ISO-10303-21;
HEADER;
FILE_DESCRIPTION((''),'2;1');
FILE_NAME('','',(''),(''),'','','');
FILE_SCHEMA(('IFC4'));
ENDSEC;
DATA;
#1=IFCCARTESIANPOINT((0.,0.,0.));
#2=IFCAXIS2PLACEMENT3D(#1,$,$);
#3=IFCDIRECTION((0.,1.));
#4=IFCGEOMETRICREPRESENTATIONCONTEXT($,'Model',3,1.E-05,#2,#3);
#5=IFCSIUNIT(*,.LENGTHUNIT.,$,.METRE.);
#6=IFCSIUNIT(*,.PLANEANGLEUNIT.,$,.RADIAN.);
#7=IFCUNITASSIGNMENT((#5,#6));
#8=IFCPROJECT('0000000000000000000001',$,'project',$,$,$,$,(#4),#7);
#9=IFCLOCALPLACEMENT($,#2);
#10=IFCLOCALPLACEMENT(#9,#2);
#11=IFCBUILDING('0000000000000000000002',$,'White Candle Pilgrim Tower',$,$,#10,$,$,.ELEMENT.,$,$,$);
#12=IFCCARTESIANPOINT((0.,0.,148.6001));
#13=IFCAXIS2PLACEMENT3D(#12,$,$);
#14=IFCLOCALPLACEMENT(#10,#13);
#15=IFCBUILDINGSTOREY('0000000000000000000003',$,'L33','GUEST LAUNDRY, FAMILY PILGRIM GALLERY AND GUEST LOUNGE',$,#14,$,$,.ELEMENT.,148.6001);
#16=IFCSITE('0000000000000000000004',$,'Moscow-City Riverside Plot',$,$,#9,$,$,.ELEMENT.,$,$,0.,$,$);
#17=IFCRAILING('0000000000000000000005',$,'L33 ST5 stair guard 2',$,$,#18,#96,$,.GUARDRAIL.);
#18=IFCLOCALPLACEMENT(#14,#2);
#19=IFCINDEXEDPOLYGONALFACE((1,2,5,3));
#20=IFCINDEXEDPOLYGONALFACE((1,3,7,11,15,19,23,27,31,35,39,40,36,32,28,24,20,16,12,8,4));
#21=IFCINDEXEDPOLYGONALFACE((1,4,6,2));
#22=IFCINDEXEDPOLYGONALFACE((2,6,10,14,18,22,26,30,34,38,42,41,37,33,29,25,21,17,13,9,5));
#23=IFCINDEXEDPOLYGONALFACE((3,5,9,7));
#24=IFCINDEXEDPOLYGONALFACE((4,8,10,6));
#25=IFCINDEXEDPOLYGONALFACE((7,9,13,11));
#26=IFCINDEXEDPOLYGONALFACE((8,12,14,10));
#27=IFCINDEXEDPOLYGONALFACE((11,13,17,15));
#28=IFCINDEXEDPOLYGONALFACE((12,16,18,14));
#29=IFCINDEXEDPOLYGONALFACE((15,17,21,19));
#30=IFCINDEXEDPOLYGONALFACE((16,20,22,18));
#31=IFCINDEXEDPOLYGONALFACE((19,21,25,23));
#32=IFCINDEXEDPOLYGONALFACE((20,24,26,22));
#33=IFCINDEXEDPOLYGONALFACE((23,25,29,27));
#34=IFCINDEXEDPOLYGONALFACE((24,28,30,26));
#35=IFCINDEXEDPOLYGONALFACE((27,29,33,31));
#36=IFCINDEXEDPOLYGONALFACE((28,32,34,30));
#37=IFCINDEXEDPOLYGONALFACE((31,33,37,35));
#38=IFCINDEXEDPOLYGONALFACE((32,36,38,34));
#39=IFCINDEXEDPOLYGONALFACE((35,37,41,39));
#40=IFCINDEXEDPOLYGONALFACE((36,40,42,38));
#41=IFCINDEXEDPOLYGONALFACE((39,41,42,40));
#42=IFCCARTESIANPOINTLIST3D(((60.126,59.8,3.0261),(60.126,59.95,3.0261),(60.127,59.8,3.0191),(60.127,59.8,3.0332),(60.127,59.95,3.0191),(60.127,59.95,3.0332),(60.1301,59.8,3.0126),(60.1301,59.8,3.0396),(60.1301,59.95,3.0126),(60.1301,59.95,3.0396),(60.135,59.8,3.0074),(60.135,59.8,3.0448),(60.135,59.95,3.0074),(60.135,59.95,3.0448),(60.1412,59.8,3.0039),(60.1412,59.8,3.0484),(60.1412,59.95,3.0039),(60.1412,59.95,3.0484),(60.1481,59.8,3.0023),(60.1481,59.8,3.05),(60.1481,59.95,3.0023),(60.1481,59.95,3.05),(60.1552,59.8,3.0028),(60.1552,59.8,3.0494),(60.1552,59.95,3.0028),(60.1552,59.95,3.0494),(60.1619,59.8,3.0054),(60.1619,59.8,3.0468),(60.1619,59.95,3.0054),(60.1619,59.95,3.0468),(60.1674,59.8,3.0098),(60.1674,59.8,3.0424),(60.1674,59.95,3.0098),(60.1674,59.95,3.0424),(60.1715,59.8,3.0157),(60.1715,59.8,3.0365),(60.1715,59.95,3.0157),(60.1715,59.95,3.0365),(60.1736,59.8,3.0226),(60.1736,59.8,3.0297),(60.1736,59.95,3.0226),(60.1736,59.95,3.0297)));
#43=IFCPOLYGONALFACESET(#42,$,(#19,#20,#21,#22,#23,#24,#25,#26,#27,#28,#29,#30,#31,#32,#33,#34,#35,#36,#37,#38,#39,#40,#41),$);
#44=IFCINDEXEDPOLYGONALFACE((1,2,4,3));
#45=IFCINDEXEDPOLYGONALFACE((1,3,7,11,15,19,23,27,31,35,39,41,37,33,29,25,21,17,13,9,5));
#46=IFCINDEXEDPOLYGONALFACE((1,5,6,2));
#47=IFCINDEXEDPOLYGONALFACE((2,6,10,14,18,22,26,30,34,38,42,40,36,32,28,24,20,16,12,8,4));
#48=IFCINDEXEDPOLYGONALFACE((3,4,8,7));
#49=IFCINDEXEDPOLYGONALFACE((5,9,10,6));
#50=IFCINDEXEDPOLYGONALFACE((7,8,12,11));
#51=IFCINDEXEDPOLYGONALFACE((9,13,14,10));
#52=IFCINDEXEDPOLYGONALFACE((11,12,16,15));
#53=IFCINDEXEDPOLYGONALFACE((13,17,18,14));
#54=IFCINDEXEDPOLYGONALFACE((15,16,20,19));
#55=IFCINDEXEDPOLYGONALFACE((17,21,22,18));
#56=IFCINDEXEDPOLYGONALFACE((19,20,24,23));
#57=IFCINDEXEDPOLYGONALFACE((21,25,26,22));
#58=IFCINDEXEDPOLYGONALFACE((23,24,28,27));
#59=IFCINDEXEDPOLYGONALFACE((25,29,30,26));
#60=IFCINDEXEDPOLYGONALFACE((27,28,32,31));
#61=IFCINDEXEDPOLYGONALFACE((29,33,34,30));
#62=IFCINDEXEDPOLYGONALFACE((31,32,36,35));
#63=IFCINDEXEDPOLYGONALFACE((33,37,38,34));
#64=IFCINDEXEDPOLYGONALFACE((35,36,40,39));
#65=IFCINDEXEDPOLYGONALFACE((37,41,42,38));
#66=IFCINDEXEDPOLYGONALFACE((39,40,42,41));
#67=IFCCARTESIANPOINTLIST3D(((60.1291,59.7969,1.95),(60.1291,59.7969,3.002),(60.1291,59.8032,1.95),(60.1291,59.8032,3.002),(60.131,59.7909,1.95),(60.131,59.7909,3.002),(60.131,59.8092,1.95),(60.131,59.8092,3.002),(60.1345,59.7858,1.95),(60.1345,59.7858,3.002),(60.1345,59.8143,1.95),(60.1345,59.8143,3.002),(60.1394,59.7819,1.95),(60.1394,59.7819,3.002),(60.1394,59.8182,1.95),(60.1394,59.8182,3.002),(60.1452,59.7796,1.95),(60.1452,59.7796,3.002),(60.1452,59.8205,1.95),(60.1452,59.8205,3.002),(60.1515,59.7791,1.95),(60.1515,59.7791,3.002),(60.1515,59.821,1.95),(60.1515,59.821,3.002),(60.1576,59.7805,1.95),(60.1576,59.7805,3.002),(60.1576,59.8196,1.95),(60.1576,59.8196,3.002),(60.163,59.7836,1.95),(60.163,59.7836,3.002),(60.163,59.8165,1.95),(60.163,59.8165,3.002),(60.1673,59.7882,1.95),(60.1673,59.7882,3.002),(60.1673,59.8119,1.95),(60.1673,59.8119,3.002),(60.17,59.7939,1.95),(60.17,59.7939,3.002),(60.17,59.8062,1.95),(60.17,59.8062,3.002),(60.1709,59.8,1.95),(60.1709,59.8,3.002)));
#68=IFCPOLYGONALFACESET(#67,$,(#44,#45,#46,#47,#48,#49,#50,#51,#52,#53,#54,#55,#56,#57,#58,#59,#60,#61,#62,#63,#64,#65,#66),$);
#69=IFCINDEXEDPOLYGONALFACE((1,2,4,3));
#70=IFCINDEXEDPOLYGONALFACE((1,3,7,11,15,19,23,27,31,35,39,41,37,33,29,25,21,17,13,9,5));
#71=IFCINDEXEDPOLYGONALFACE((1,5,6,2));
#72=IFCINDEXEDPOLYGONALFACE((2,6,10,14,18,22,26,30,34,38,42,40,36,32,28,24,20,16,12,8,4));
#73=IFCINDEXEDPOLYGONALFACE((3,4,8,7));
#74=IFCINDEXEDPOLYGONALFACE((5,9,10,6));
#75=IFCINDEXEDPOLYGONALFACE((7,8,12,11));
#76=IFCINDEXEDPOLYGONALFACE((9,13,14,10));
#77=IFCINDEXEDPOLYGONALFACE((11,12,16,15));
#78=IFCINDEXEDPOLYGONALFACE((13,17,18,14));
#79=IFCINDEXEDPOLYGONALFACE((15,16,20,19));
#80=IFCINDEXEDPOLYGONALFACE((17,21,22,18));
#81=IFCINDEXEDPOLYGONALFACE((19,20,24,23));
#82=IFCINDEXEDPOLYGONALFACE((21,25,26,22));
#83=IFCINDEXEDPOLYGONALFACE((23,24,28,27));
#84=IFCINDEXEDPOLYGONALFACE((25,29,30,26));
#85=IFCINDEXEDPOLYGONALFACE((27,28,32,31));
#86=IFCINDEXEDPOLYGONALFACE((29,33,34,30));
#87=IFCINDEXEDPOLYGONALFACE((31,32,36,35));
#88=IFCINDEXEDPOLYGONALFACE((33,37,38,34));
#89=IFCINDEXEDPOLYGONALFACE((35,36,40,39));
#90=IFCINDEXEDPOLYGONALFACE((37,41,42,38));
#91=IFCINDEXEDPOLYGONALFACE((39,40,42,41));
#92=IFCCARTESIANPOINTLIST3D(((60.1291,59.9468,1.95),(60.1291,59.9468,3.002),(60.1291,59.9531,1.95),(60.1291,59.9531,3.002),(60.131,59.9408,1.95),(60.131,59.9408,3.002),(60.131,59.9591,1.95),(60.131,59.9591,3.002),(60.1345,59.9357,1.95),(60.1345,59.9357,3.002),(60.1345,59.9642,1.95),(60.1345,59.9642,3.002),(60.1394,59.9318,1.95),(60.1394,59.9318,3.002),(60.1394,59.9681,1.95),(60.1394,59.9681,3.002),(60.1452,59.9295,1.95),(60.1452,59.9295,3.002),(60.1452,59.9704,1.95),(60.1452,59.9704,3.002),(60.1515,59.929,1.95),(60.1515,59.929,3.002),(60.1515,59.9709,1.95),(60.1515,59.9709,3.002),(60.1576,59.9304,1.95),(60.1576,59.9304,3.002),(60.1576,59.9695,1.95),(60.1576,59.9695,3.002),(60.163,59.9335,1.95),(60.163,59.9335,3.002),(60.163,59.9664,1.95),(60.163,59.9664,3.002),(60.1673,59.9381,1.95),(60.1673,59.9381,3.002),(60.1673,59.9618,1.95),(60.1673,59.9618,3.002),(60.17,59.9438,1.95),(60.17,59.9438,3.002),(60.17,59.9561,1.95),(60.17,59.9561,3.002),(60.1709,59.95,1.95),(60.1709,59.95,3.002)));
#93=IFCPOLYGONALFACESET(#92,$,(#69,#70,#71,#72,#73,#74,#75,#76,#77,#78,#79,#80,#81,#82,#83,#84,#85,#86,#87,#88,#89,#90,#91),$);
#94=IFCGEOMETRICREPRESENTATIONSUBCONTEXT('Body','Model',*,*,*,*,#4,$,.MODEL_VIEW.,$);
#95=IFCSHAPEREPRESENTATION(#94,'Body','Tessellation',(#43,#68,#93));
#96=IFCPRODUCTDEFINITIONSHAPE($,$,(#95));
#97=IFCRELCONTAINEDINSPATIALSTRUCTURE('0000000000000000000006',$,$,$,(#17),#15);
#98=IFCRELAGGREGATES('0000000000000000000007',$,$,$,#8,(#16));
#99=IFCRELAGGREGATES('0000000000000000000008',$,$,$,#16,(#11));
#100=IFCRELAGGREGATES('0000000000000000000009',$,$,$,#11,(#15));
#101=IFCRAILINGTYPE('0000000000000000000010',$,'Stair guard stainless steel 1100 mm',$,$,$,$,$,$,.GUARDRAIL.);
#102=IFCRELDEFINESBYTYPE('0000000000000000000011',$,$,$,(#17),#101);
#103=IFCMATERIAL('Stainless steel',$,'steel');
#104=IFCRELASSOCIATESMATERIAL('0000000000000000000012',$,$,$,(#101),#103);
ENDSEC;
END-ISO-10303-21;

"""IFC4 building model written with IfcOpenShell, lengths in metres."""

from ifc_helpers import new_model, si_unit, direction, frame, origin, origin_2d, place, context, subcontext, project, spatial, circle, extrude, material, type_object, element, save


model = new_model("IFC4")

# Units and contexts
model_context = context("Model", 3, precision=1e-05, world=origin(), true_north=direction((0.0, 1.0)))
body_context = subcontext(model_context, "Body", "Model", "MODEL_VIEW")
ifc_project = project(units=[si_unit("LENGTHUNIT", "METRE"), si_unit("PLANEANGLEUNIT", "RADIAN")], contexts=[model_context])

# Site, building, storey
site_placement = place(None, origin())
site = spatial("IfcSite", under=ifc_project, at=site_placement, Name="Moscow-City Riverside Plot", CompositionType="ELEMENT", RefElevation=0.0)
building_placement = place(site_placement, origin())
building = spatial("IfcBuilding", under=site, at=building_placement, Name="White Candle Pilgrim Tower", CompositionType="ELEMENT")
storey_placement = place(building_placement, frame((0.0, 0.0, 148.6001)))
storey = spatial("IfcBuildingStorey", under=building, at=storey_placement, Name="L33", Description="GUEST LAUNDRY, FAMILY PILGRIM GALLERY AND GUEST LOUNGE", CompositionType="ELEMENT", Elevation=148.6001)

# Railing
ifc_material_1 = material(Name="Stainless steel", Category="steel")
railing_type_1 = type_object("IfcRailingType", Name="Stair guard stainless steel 1100 mm", PredefinedType="GUARDRAIL", material=ifc_material_1)
railing_1_placement = place(storey_placement, frame((60.1499, 59.8, 1.95)))
element("IfcRailing", 1, at=railing_1_placement, inside=storey, type_object=railing_type_1, Name="L33 ST5 stair guard 2", PredefinedType="GUARDRAIL", context=body_context, shape_type="SweptSolid", body=[
    extrude(circle(Radius=0.0239, at=origin_2d()), frame((0.0, 0.0, 1.0762), z_axis=(0.0, 1.0, 0.0), x_axis=(-1.0, 0.0, 0.0)), (0.0, 0.0, 1.0), 0.1499),
    extrude(circle(Radius=0.021, at=origin_2d()), origin(), (0.0, 0.0, 1.0), 1.052),
    extrude(circle(Radius=0.021, at=origin_2d()), frame((0.0, 0.1499, 0.0)), (0.0, 0.0, 1.0), 1.052),
])

save(model, "model.ifc")
